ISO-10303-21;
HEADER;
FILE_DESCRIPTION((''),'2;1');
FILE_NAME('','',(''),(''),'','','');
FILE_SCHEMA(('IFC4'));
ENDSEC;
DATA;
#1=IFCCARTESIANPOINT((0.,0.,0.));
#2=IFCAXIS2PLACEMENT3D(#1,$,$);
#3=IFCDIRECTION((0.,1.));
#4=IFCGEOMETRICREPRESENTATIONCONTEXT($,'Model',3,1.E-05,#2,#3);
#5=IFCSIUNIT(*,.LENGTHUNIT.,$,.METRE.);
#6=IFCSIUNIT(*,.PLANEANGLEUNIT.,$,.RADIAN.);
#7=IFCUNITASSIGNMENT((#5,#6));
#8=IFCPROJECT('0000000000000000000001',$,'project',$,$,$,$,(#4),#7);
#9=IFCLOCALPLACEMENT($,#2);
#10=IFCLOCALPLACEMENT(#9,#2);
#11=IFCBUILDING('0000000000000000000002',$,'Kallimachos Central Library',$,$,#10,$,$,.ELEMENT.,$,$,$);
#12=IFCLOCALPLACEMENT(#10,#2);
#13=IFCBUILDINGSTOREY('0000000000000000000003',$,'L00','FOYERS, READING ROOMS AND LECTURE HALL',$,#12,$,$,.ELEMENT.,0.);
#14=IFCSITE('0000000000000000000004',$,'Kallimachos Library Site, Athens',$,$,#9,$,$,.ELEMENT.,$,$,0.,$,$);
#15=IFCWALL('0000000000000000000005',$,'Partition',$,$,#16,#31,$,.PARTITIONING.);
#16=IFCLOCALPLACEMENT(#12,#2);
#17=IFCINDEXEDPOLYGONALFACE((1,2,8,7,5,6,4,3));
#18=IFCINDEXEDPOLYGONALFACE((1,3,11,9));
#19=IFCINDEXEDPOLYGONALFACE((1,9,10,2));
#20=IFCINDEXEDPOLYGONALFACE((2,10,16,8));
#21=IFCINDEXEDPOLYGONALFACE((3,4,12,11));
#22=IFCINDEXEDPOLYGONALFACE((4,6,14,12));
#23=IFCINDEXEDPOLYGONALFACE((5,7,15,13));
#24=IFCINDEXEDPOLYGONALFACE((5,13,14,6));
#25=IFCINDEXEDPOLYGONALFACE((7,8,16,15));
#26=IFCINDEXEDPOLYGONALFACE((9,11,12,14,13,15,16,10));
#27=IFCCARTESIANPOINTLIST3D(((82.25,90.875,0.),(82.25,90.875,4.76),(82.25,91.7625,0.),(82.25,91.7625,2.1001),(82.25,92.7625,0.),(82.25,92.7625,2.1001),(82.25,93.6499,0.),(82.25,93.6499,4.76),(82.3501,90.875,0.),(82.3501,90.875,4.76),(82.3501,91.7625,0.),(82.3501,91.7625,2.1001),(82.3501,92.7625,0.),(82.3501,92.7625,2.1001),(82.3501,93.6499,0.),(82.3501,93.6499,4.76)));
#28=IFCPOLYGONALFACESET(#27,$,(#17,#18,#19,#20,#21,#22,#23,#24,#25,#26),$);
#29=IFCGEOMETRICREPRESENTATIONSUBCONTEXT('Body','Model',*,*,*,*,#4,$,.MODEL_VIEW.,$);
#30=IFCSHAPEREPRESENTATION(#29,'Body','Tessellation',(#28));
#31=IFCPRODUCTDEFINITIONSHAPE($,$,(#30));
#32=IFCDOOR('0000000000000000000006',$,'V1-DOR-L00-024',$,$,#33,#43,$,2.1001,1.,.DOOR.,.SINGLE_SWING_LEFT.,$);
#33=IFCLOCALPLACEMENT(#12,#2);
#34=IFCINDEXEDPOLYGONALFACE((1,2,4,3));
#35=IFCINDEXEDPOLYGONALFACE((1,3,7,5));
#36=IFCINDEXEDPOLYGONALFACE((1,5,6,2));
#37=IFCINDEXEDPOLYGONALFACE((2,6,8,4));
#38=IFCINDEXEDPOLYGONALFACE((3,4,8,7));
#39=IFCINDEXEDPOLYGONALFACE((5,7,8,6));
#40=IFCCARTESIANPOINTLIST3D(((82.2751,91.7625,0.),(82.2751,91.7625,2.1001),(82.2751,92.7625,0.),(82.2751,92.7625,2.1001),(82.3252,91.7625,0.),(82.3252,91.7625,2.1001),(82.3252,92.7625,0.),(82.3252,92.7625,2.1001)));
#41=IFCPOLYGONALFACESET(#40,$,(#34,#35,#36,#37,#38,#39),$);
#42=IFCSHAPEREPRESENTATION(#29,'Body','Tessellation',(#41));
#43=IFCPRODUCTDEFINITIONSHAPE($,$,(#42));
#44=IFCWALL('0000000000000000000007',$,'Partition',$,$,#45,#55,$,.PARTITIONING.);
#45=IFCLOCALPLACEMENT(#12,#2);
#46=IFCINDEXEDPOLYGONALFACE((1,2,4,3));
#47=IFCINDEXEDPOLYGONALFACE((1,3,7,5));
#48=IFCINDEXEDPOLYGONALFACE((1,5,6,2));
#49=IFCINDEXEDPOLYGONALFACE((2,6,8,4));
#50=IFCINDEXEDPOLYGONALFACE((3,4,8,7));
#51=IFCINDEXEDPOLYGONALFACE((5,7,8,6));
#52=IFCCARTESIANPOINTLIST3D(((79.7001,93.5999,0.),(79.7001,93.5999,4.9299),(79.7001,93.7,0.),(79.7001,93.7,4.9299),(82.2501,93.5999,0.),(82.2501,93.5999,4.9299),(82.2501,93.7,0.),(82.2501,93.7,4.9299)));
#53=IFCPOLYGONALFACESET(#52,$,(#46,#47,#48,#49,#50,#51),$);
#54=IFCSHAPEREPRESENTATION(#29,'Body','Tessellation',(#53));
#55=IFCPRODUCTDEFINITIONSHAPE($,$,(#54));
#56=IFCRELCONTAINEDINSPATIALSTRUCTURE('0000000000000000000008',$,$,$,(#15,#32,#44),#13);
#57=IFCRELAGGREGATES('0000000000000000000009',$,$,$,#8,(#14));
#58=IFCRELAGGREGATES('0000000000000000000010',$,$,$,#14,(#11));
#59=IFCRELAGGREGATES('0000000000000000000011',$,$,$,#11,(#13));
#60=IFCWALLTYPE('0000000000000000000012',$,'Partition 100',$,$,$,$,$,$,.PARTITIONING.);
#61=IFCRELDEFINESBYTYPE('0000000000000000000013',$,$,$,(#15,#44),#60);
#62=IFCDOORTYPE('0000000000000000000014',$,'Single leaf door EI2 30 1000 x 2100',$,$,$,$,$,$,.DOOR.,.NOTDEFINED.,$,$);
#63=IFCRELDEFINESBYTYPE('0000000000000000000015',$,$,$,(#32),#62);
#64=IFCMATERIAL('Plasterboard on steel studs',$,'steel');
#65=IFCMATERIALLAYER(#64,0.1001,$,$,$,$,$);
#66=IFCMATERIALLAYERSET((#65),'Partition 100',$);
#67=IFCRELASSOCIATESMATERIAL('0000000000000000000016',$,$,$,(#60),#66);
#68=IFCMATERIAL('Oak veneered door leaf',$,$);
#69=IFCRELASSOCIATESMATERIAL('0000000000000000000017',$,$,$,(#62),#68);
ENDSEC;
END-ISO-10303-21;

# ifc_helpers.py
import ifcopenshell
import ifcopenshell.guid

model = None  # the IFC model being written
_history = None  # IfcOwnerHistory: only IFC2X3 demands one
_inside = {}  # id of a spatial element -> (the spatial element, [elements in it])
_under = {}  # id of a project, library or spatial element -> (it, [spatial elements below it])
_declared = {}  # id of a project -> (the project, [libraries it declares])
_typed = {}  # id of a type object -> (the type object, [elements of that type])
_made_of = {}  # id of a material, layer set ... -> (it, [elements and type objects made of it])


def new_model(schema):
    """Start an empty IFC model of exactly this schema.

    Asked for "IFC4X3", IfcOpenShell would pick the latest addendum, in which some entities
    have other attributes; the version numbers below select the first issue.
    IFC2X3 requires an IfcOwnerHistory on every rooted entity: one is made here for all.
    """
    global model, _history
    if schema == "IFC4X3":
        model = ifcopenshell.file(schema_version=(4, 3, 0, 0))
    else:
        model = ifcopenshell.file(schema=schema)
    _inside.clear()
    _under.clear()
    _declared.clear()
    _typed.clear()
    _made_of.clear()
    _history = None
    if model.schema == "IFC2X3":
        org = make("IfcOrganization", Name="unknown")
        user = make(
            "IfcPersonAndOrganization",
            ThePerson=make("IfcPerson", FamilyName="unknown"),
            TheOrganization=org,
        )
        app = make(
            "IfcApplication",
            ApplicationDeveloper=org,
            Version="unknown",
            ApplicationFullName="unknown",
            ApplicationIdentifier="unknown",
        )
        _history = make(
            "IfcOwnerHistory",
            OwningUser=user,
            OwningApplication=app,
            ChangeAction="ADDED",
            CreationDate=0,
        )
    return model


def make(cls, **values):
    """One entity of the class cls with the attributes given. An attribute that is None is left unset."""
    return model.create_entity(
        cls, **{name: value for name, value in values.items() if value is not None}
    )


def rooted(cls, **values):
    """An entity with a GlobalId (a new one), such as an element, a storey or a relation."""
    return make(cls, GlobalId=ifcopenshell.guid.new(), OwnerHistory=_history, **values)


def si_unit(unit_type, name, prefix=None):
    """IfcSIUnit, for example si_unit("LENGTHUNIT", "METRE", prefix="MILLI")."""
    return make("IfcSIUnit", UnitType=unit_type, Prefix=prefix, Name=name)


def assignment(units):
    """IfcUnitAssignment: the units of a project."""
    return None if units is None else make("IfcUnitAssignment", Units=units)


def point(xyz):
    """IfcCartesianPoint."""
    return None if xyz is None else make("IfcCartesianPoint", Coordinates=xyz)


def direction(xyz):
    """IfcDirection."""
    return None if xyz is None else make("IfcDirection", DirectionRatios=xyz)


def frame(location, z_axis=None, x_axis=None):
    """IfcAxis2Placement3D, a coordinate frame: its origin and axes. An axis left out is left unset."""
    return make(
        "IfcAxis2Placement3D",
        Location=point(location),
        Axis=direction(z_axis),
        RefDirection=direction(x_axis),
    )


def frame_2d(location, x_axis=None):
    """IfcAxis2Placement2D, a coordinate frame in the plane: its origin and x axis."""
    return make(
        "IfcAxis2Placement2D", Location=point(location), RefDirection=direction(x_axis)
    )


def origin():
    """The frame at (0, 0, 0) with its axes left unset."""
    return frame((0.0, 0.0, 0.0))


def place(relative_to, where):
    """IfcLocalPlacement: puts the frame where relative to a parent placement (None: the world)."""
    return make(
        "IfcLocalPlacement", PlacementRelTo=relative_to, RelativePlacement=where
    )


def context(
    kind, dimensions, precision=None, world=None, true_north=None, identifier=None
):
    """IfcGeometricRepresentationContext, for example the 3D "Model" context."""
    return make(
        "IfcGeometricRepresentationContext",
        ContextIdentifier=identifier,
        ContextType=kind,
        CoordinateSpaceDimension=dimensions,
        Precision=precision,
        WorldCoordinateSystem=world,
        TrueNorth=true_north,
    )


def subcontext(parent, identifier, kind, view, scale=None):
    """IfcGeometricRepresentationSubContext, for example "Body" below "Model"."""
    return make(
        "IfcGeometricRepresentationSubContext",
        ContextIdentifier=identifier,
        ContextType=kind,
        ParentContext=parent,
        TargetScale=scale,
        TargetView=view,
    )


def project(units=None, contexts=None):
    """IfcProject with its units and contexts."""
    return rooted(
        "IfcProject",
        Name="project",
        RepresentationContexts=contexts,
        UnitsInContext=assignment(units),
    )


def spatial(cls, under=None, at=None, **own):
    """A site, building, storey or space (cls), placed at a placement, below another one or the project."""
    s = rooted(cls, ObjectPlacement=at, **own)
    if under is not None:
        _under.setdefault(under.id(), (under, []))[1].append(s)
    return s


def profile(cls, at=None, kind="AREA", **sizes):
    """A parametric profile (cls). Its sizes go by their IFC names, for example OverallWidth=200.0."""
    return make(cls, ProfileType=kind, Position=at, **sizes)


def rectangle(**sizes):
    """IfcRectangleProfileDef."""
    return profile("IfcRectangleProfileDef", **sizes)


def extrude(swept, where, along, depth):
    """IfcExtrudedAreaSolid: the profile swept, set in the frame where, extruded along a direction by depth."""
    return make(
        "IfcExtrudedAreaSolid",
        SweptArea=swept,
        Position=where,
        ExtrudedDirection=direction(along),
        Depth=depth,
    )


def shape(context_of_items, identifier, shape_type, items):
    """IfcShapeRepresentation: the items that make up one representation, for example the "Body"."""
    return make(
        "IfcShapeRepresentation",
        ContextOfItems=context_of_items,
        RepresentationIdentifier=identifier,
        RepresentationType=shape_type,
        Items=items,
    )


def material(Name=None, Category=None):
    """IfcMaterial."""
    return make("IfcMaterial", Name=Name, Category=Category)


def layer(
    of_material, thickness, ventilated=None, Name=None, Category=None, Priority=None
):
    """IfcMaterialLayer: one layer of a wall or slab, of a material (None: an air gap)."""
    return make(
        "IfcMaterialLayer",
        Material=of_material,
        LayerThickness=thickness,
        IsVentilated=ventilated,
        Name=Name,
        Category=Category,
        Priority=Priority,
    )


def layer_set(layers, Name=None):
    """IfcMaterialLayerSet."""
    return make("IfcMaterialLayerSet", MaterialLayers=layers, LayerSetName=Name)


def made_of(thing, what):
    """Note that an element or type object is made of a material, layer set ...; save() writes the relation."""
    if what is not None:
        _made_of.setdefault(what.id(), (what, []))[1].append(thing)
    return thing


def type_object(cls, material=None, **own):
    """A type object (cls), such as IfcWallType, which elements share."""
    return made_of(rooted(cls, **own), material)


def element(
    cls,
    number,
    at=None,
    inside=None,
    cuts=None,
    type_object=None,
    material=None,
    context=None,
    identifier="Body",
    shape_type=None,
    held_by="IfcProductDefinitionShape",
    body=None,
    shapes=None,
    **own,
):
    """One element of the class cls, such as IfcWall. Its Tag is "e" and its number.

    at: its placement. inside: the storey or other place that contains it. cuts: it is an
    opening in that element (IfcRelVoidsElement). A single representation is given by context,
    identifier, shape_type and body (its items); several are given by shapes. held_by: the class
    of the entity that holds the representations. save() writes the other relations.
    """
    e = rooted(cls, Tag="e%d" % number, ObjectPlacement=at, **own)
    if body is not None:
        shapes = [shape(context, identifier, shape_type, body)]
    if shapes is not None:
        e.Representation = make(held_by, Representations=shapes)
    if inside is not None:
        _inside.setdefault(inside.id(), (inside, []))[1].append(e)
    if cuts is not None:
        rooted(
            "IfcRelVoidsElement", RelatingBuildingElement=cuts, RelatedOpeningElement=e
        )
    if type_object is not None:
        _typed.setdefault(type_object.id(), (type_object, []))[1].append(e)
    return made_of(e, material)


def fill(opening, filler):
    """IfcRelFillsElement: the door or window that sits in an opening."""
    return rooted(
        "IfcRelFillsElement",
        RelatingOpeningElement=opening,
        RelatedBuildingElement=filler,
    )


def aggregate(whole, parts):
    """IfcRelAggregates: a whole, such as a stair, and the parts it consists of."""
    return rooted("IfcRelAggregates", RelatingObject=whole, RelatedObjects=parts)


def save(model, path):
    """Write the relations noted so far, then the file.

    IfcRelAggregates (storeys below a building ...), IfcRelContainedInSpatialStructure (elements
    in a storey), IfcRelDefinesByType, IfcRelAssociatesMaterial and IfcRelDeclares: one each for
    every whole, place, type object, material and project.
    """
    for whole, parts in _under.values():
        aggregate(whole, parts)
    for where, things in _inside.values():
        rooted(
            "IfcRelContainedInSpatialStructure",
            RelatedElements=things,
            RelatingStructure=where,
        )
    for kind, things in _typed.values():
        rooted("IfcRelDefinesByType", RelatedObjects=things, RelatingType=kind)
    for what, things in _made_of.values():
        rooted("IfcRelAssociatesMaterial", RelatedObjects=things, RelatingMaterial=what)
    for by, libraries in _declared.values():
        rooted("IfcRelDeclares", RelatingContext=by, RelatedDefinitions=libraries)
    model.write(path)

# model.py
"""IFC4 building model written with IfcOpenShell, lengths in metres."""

from ifc_helpers import new_model, si_unit, direction, frame, frame_2d, origin, place, context, subcontext, project, spatial, rectangle, extrude, material, layer, layer_set, type_object, element, fill, save


model = new_model("IFC4")

# Units and contexts
model_context = context("Model", 3, precision=1e-05, world=origin(), true_north=direction((0.0, 1.0)))
body_context = subcontext(model_context, "Body", "Model", "MODEL_VIEW")
ifc_project = project(units=[si_unit("LENGTHUNIT", "METRE"), si_unit("PLANEANGLEUNIT", "RADIAN")], contexts=[model_context])

# Site, building, storey
site_placement = place(None, origin())
site = spatial("IfcSite", under=ifc_project, at=site_placement, Name="Kallimachos Library Site, Athens", CompositionType="ELEMENT", RefElevation=0.0)
building_placement = place(site_placement, origin())
building = spatial("IfcBuilding", under=site, at=building_placement, Name="Kallimachos Central Library", CompositionType="ELEMENT")
storey_placement = place(building_placement, origin())
storey = spatial("IfcBuildingStorey", under=building, at=storey_placement, Name="L00", Description="FOYERS, READING ROOMS AND LECTURE HALL", CompositionType="ELEMENT", Elevation=0.0)

# Wall, opening, door
ifc_material_1 = material(Name="Plasterboard on steel studs", Category="steel")
ifc_layer = layer(ifc_material_1, 0.1001)
ifc_layer_set = layer_set([ifc_layer], Name="Partition 100")
wall_type = type_object("IfcWallType", Name="Partition 100", PredefinedType="PARTITIONING", material=ifc_layer_set)
wall_1_placement = place(storey_placement, frame((82.3, 90.875, 0.0), z_axis=(0.0, 0.0, 1.0), x_axis=(0.0, 1.0, 0.0)))
wall_1 = element("IfcWall", 1, at=wall_1_placement, inside=storey, type_object=wall_type, Name="Partition", PredefinedType="PARTITIONING", context=body_context, shape_type="SweptSolid", body=[
    extrude(rectangle(XDim=2.7749, YDim=0.1001, at=frame_2d((1.3875, 0.0))), origin(), (0.0, 0.0, 1.0), 4.76),
])
opening_1_placement = place(wall_1_placement, frame((0.8875, 0.0, 0.0)))
opening_1 = element("IfcOpeningElement", 2, at=opening_1_placement, cuts=wall_1, PredefinedType="OPENING", context=body_context, shape_type="SweptSolid", body=[
    extrude(rectangle(XDim=1.0, YDim=2.1001, at=frame_2d((0.5, 1.05))), frame((0.0, 0.0601, 0.0), z_axis=(0.0, -1.0, 0.0), x_axis=(1.0, 0.0, 0.0)), (0.0, 0.0, 1.0), 0.1201),
])
ifc_material_2 = material(Name="Oak veneered door leaf")
door_type_1 = type_object("IfcDoorType", Name="Single leaf door EI2 30 1000 x 2100", OperationType="NOTDEFINED", PredefinedType="DOOR", material=ifc_material_2)
door_1_placement = place(opening_1_placement, origin())
door_1 = element("IfcDoor", 3, at=door_1_placement, inside=storey, type_object=door_type_1, Name="V1-DOR-L00-024", OperationType="SINGLE_SWING_LEFT", OverallHeight=2.1001, OverallWidth=1.0, PredefinedType="DOOR", context=body_context, shape_type="SweptSolid", body=[
    extrude(rectangle(XDim=1.0, YDim=2.1001, at=frame_2d((0.5, 1.05))), frame((0.0, 0.0249, 0.0), z_axis=(0.0, -1.0, 0.0), x_axis=(1.0, 0.0, 0.0)), (0.0, 0.0, 1.0), 0.05),
])
fill(opening_1, door_1)

# Wall
wall_2_placement = place(storey_placement, frame((82.25, 93.6499, 0.0), z_axis=(0.0, 0.0, 1.0), x_axis=(-1.0, 0.0, 0.0)))
element("IfcWall", 4, at=wall_2_placement, inside=storey, type_object=wall_type, Name="Partition", PredefinedType="PARTITIONING", context=body_context, shape_type="SweptSolid", body=[
    extrude(rectangle(XDim=2.55, YDim=0.1001, at=frame_2d((1.2749, 0.0))), origin(), (0.0, 0.0, 1.0), 4.9299),
])

save(model, "model.ifc")
